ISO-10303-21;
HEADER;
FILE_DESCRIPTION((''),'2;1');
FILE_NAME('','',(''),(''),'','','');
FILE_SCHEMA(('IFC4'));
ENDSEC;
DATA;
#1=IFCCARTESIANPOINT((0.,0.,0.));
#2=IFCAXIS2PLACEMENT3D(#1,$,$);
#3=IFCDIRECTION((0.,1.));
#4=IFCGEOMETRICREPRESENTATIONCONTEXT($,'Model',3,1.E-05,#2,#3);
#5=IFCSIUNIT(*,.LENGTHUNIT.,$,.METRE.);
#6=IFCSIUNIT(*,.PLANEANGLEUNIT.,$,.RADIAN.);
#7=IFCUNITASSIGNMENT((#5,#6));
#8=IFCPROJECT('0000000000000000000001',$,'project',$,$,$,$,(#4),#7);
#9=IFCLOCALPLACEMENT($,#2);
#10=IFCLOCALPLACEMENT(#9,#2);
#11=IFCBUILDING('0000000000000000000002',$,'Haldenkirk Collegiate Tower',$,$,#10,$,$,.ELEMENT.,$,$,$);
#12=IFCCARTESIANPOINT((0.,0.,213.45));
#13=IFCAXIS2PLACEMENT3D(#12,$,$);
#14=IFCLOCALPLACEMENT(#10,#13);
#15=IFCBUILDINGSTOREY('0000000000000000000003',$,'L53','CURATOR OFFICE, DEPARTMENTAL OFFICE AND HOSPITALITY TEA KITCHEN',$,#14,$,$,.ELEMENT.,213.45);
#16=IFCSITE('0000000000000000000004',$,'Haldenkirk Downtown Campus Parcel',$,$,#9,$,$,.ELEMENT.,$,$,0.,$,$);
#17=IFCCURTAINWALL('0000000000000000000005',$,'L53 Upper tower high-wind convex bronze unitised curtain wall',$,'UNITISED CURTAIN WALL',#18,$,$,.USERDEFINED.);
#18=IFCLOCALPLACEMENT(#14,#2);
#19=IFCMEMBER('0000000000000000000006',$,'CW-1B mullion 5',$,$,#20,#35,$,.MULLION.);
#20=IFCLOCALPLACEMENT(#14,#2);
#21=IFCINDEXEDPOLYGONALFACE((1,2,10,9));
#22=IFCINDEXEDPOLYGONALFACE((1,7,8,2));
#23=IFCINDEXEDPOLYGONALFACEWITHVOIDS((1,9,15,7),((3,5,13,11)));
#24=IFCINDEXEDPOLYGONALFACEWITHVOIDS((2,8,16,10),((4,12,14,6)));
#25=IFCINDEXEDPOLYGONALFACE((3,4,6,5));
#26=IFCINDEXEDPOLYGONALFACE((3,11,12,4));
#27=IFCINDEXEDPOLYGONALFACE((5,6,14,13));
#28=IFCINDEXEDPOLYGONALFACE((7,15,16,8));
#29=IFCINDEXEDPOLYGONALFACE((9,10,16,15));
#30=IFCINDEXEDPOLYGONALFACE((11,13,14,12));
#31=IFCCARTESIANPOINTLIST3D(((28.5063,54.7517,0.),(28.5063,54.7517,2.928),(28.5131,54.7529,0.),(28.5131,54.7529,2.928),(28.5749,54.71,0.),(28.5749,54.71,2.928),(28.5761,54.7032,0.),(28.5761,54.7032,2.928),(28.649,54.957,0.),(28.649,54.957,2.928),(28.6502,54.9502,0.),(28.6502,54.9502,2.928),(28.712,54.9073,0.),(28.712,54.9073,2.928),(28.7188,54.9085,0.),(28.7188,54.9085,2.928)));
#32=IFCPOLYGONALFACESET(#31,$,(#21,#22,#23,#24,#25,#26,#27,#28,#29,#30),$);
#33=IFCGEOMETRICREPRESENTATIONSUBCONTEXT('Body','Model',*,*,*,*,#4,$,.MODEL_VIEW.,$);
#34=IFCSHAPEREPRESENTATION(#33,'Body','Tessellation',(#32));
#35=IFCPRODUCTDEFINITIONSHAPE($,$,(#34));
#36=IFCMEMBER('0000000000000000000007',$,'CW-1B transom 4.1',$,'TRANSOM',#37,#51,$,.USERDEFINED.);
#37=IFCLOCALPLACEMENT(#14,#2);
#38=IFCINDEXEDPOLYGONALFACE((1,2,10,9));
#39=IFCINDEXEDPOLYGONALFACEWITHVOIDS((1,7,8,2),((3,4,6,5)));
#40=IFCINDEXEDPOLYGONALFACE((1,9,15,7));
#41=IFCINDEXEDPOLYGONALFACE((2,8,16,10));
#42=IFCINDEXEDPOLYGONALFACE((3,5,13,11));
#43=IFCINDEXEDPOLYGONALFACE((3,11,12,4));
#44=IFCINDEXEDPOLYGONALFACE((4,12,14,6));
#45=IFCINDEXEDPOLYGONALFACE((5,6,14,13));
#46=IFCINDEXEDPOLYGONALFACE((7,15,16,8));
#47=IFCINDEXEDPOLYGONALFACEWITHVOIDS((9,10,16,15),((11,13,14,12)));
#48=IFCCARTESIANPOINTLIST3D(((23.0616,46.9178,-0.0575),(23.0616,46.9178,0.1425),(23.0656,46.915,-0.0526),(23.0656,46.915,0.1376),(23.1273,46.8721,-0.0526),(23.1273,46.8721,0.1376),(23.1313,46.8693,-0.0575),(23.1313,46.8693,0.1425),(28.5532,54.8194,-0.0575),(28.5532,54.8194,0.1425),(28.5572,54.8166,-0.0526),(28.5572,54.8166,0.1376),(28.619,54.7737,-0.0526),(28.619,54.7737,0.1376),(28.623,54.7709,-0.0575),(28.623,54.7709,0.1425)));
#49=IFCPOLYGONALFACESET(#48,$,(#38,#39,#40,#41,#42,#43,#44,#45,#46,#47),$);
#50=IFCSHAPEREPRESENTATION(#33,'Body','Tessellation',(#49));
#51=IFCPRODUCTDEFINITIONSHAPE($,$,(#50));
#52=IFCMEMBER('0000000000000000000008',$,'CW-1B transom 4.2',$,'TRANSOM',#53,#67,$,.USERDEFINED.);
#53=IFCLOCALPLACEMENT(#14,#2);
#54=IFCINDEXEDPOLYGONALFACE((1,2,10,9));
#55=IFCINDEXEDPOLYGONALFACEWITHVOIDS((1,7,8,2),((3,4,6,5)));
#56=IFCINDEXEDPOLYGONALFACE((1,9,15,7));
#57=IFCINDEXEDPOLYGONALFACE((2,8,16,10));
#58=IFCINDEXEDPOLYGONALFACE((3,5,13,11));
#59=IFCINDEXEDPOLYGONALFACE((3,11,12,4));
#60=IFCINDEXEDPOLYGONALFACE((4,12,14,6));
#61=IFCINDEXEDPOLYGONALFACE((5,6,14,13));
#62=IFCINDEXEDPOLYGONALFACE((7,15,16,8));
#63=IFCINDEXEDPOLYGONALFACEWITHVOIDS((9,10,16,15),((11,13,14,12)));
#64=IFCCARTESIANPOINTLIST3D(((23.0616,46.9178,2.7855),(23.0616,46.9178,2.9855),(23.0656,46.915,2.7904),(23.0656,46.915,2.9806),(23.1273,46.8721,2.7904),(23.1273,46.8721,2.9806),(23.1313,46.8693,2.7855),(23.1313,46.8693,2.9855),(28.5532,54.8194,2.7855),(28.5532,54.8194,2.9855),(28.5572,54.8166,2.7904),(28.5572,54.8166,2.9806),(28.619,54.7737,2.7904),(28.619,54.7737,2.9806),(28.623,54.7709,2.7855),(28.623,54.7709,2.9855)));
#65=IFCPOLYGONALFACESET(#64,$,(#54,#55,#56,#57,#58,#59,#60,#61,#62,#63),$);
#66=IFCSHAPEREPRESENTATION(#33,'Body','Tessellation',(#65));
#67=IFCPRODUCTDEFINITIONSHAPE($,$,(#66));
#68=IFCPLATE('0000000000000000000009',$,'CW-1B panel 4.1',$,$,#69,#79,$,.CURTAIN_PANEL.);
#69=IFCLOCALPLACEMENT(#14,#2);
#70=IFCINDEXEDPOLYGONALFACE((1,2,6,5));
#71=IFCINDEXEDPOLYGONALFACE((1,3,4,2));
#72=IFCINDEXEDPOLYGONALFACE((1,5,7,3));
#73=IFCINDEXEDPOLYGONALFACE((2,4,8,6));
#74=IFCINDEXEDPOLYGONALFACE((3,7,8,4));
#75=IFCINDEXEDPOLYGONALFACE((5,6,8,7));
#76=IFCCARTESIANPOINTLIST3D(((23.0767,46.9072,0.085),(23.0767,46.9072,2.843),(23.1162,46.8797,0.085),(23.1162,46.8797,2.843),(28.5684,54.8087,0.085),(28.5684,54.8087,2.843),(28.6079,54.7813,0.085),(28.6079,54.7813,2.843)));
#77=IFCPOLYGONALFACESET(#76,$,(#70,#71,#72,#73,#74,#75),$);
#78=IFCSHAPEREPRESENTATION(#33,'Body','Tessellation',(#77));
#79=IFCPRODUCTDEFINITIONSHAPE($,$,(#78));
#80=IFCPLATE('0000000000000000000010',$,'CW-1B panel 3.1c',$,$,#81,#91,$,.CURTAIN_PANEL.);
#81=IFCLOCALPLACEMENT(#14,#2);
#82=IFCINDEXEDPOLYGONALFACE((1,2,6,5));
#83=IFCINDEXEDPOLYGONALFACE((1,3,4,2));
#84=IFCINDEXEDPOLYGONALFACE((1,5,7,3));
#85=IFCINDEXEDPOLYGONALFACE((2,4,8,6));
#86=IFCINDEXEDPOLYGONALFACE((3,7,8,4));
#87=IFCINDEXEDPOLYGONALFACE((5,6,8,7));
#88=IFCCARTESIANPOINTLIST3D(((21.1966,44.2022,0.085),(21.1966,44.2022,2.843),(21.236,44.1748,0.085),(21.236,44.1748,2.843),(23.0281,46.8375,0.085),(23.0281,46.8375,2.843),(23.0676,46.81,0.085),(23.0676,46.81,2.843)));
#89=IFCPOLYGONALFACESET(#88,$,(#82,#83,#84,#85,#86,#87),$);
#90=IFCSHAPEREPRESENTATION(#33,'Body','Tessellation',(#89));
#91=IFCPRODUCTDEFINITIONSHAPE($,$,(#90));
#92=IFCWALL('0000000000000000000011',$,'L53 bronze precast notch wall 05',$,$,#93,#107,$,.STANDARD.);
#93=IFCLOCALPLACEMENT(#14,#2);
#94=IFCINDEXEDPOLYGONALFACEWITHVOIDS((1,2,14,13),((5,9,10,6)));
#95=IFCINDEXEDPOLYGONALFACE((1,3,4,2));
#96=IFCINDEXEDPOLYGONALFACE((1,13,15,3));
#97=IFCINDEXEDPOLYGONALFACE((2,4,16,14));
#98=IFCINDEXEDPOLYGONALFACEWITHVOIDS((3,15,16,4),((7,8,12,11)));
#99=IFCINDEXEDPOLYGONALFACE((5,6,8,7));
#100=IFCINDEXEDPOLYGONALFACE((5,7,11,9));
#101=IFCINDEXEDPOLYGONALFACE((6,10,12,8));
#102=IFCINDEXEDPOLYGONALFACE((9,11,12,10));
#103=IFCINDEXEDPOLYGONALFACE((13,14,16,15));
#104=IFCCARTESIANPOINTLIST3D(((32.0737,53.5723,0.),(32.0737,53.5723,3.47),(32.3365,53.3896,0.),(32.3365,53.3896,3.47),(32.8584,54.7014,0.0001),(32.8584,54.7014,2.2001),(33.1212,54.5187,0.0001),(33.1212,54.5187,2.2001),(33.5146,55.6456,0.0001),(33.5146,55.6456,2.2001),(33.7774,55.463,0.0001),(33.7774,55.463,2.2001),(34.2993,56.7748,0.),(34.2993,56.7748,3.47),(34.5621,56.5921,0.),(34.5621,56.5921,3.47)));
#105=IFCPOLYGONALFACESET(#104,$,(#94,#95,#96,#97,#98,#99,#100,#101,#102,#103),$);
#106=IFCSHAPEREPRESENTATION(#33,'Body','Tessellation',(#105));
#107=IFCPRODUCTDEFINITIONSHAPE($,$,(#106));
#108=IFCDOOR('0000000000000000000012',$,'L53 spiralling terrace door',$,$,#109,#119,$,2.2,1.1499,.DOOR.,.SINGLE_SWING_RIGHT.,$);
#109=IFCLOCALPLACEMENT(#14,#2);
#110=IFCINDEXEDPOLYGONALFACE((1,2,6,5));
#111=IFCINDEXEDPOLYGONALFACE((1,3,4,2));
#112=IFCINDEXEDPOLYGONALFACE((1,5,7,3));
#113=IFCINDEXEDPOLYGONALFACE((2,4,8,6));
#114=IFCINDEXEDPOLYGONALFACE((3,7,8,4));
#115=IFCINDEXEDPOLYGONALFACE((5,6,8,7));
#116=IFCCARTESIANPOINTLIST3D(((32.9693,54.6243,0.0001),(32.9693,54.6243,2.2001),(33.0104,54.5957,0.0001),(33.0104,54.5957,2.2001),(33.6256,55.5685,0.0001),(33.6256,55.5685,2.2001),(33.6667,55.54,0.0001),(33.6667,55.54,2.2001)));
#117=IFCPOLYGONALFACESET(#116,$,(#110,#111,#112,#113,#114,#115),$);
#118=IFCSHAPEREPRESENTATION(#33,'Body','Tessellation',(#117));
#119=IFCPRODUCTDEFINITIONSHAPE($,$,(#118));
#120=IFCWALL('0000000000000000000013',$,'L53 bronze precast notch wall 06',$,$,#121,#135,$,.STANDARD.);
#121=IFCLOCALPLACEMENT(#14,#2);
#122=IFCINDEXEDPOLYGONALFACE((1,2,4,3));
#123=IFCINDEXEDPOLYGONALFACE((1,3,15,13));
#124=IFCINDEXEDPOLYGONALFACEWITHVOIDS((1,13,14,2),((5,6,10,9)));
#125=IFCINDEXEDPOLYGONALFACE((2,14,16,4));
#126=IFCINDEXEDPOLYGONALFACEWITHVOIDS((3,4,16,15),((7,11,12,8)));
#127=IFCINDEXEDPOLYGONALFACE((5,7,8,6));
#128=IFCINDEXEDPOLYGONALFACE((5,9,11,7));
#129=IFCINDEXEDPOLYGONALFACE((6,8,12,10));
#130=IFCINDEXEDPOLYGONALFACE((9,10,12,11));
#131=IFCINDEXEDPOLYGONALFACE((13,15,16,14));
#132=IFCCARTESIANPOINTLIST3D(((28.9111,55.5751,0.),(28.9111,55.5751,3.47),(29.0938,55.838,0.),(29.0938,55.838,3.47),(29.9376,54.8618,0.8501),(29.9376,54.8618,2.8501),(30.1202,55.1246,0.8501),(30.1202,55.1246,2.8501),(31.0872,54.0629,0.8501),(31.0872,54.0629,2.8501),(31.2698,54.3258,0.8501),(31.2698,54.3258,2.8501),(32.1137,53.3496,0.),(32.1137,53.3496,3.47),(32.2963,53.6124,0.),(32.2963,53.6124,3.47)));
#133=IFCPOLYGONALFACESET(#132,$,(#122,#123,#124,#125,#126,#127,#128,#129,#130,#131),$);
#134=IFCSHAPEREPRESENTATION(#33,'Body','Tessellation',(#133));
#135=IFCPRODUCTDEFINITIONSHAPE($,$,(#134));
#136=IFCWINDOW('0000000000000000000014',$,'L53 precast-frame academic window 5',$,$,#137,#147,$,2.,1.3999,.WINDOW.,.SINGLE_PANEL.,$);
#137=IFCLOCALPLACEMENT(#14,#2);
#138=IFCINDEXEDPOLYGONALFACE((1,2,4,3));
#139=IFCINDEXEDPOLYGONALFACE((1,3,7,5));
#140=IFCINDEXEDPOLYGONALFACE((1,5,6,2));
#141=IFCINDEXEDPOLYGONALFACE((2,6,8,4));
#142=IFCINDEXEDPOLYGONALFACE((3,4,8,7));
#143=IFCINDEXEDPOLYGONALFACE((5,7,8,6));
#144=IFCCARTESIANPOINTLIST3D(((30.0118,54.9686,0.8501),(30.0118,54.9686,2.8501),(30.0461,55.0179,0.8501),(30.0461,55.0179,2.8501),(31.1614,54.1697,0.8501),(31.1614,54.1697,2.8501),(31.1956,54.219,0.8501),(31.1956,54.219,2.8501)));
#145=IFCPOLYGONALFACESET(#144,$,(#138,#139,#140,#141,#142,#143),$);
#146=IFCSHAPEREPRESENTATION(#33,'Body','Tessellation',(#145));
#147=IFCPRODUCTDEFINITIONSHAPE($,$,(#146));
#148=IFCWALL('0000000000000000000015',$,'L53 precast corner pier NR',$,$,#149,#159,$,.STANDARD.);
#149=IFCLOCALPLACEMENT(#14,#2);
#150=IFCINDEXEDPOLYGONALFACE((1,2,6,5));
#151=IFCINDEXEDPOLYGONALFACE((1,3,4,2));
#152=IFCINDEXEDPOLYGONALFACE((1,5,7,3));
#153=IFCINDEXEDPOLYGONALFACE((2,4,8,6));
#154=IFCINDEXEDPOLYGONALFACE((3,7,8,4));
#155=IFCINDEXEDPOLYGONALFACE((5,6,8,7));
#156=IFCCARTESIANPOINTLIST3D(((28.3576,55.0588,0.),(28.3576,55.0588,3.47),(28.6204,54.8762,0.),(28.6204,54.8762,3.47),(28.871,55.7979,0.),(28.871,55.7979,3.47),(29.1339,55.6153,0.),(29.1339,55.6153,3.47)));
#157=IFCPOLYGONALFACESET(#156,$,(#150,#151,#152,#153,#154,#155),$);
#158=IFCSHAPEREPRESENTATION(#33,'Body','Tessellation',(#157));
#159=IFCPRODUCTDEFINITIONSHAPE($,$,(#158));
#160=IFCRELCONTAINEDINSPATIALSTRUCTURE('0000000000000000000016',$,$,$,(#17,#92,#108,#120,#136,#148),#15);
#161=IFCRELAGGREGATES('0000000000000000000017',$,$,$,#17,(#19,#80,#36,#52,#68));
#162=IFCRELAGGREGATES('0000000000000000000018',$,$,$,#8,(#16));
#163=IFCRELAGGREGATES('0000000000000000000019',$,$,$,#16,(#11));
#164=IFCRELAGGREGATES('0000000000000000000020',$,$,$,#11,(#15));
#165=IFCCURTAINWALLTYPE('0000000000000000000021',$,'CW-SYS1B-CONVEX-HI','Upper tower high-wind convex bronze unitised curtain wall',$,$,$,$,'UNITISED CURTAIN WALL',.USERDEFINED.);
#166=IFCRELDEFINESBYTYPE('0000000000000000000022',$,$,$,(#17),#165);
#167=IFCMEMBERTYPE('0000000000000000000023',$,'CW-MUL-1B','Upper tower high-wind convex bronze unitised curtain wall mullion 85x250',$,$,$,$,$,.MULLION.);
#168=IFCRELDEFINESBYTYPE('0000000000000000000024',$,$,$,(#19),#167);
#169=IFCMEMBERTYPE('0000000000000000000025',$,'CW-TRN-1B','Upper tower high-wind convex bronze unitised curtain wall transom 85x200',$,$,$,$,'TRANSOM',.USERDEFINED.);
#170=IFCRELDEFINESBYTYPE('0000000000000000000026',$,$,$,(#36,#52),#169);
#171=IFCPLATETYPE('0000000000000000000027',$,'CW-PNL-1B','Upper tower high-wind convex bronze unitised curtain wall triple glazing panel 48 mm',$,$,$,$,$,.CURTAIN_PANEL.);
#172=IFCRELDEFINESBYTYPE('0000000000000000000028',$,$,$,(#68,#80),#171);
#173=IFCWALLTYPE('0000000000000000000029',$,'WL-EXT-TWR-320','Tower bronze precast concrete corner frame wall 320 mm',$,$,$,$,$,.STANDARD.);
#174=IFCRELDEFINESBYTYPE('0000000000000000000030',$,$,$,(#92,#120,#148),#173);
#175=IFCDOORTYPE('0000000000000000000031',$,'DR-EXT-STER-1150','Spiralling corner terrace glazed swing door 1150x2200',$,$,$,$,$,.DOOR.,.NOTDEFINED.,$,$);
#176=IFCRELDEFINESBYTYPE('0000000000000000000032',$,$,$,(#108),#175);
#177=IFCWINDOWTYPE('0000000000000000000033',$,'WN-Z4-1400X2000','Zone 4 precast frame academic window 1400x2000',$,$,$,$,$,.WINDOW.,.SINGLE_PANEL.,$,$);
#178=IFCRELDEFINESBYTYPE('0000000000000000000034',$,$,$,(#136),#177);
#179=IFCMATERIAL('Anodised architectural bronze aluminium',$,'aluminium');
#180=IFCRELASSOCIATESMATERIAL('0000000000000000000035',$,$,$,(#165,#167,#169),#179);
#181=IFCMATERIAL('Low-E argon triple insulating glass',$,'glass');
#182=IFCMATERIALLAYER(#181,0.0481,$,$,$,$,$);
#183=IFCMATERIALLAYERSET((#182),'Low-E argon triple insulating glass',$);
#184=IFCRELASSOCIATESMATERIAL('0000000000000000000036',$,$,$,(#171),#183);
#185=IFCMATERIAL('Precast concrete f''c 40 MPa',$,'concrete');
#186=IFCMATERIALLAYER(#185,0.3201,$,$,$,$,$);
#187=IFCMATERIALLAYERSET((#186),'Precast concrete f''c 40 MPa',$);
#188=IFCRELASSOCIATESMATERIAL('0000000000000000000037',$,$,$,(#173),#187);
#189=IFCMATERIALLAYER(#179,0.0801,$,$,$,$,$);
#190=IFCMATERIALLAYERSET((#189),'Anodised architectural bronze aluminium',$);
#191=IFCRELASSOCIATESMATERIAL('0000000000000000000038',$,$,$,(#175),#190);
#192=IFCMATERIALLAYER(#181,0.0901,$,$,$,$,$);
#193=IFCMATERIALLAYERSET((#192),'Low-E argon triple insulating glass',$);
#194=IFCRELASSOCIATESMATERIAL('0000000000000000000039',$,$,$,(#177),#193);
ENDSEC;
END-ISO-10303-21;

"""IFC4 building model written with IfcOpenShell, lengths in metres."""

from ifc_helpers import new_model, si_unit, direction, frame, frame_2d, origin, origin_2d, place, context, subcontext, project, spatial, rectangle, hollow_rectangle, extrude, source, transform, mapped, material, layer, layer_set, material_profile, profile_set, type_object, element, fill, aggregate, save


model = new_model("IFC4")

# Units and contexts
model_context = context("Model", 3, precision=1e-05, world=origin(), true_north=direction((0.0, 1.0)))
body_context = subcontext(model_context, "Body", "Model", "MODEL_VIEW")
ifc_project = project(units=[si_unit("LENGTHUNIT", "METRE"), si_unit("PLANEANGLEUNIT", "RADIAN")], contexts=[model_context])

# Site, building, storey
site_placement = place(None, origin())
site = spatial("IfcSite", under=ifc_project, at=site_placement, Name="Haldenkirk Downtown Campus Parcel", CompositionType="ELEMENT", RefElevation=0.0)
building_placement = place(site_placement, origin())
building = spatial("IfcBuilding", under=site, at=building_placement, Name="Haldenkirk Collegiate Tower", CompositionType="ELEMENT")
storey_placement = place(building_placement, frame((0.0, 0.0, 213.45)))
storey = spatial("IfcBuildingStorey", under=building, at=storey_placement, Name="L53", Description="CURATOR OFFICE, DEPARTMENTAL OFFICE AND HOSPITALITY TEA KITCHEN", CompositionType="ELEMENT", Elevation=213.45)

# Curtain wall, members, plates
ifc_material_1 = material(Name="Anodised architectural bronze aluminium", Category="aluminium")
curtain_wall_type = type_object("IfcCurtainWallType", Name="CW-SYS1B-CONVEX-HI", Description="Upper tower high-wind convex bronze unitised curtain wall", ElementType="UNITISED CURTAIN WALL", PredefinedType="USERDEFINED", material=ifc_material_1)
curtain_wall_placement = place(storey_placement, origin())
curtain_wall = element("IfcCurtainWall", 1, at=curtain_wall_placement, inside=storey, type_object=curtain_wall_type, Name="L53 Upper tower high-wind convex bronze unitised curtain wall", ObjectType="UNITISED CURTAIN WALL", PredefinedType="USERDEFINED")
ifc_material_profile_1 = material_profile(ifc_material_1, hollow_rectangle(XDim=0.085, YDim=0.25, WallThickness=0.0049, at=origin_2d()), Name="CW-MUL-1B")
ifc_profile_set_1 = profile_set([ifc_material_profile_1], Name="Anodised architectural bronze aluminium")
member_type_1 = type_object("IfcMemberType", Name="CW-MUL-1B", Description="Upper tower high-wind convex bronze unitised curtain wall mullion 85x250", PredefinedType="MULLION", material=ifc_profile_set_1)
member_1_placement = place(storey_placement, frame((28.6125, 54.8301, 0.0), z_axis=(0.0, 0.0, 1.0), x_axis=(-0.821148, 0.570715, 0.0)))
member_1 = element("IfcMember", 2, at=member_1_placement, type_object=member_type_1, Name="CW-1B mullion 5", PredefinedType="MULLION", context=body_context, shape_type="SweptSolid", body=[
    extrude(hollow_rectangle(XDim=0.085, YDim=0.25, WallThickness=0.0049, at=origin_2d()), origin(), (0.0, 0.0, 1.0), 2.928),
])
ifc_material_profile_2 = material_profile(ifc_material_1, hollow_rectangle(XDim=0.085, YDim=0.2, WallThickness=0.0049, at=origin_2d()), Name="CW-TRN-1B")
ifc_profile_set_2 = profile_set([ifc_material_profile_2], Name="Anodised architectural bronze aluminium")
member_type_2 = type_object("IfcMemberType", Name="CW-TRN-1B", Description="Upper tower high-wind convex bronze unitised curtain wall transom 85x200", ElementType="TRANSOM", PredefinedType="USERDEFINED", material=ifc_profile_set_2)
member_2_placement = place(storey_placement, frame((23.0964, 46.8936, 0.0425), z_axis=(0.570709, 0.821152, 0.0), x_axis=(-0.821152, 0.570709, 0.0)))
member_2 = element("IfcMember", 3, at=member_2_placement, type_object=member_type_2, Name="CW-1B transom 4.1", ObjectType="TRANSOM", PredefinedType="USERDEFINED", context=body_context, shape_type="SweptSolid", body=[
    extrude(hollow_rectangle(XDim=0.085, YDim=0.2, WallThickness=0.0049, at=origin_2d()), origin(), (0.0, 0.0, 1.0), 9.6226),
])
member_3_placement = place(storey_placement, frame((23.0964, 46.8936, 2.8855), z_axis=(0.570709, 0.821152, 0.0), x_axis=(-0.821152, 0.570709, 0.0)))
member_3 = element("IfcMember", 4, at=member_3_placement, type_object=member_type_2, Name="CW-1B transom 4.2", ObjectType="TRANSOM", PredefinedType="USERDEFINED", context=body_context, shape_type="SweptSolid", body=[
    extrude(hollow_rectangle(XDim=0.085, YDim=0.2, WallThickness=0.0049, at=origin_2d()), origin(), (0.0, 0.0, 1.0), 9.6226),
])
ifc_material_2 = material(Name="Low-E argon triple insulating glass", Category="glass")
ifc_layer_1 = layer(ifc_material_2, 0.0481)
ifc_layer_set_1 = layer_set([ifc_layer_1], Name="Low-E argon triple insulating glass")
plate_type = type_object("IfcPlateType", Name="CW-PNL-1B", Description="Upper tower high-wind convex bronze unitised curtain wall triple glazing panel 48 mm", PredefinedType="CURTAIN_PANEL", material=ifc_layer_set_1)
shared_shape_1 = source(origin(), body_context, "Body", "SweptSolid", [
    extrude(rectangle(XDim=9.6226, YDim=0.0481, at=origin_2d()), origin(), (0.0, 0.0, 1.0), 2.7581),
])
plate_1_placement = place(storey_placement, frame((25.8423, 50.8442, 0.085), z_axis=(0.0, 0.0, 1.0), x_axis=(0.570715, 0.821148, 0.0)))
plate_1 = element("IfcPlate", 5, at=plate_1_placement, type_object=plate_type, Name="CW-1B panel 4.1", PredefinedType="CURTAIN_PANEL", context=body_context, shape_type="MappedRepresentation", body=[
    mapped(shared_shape_1, transform((0.0, 0.0, 0.0), x_axis=(1.0, 0.0, 0.0), y_axis=(0.0, 1.0, 0.0), z_axis=(0.0, 0.0, 1.0), scale=1.0)),
])
shared_shape_2 = source(origin(), body_context, "Body", "SweptSolid", [
    extrude(rectangle(XDim=3.2092, YDim=0.0481, at=origin_2d()), origin(), (0.0, 0.0, 1.0), 2.7581),
])
plate_2_placement = place(storey_placement, frame((22.1321, 45.5061, 0.085), z_axis=(0.0, 0.0, 1.0), x_axis=(0.570715, 0.821148, 0.0)))
plate_2 = element("IfcPlate", 6, at=plate_2_placement, type_object=plate_type, Name="CW-1B panel 3.1c", PredefinedType="CURTAIN_PANEL", context=body_context, shape_type="MappedRepresentation", body=[
    mapped(shared_shape_2, transform((0.0, 0.0, 0.0), x_axis=(1.0, 0.0, 0.0), y_axis=(0.0, 1.0, 0.0), z_axis=(0.0, 0.0, 1.0), scale=1.0)),
])
aggregate(curtain_wall, [member_1, plate_2, member_2, member_3, plate_1])

# Wall, opening, door
ifc_material_3 = material(Name="Precast concrete f'c 40 MPa", Category="concrete")
ifc_layer_2 = layer(ifc_material_3, 0.3201)
ifc_layer_set_2 = layer_set([ifc_layer_2], Name="Precast concrete f'c 40 MPa")
wall_type = type_object("IfcWallType", Name="WL-EXT-TWR-320", Description="Tower bronze precast concrete corner frame wall 320 mm", PredefinedType="STANDARD", material=ifc_layer_set_2)
wall_1_placement = place(storey_placement, frame((32.2051, 53.481, 0.0), z_axis=(0.0, 0.0, 1.0), x_axis=(0.57069, 0.821165, 0.0)))
wall_1 = element("IfcWall", 7, at=wall_1_placement, inside=storey, type_object=wall_type, Name="L53 bronze precast notch wall 05", PredefinedType="STANDARD", context=body_context, shape_type="SweptSolid", body=[
    extrude(rectangle(XDim=3.8999, YDim=0.3201, at=frame_2d((1.95, 0.0))), origin(), (0.0, 0.0, 1.0), 3.47),
])
opening_1_placement = place(wall_1_placement, frame((1.375, 0.0, 0.0)))
opening_1 = element("IfcOpeningElement", 8, at=opening_1_placement, cuts=wall_1, PredefinedType="OPENING", context=body_context, shape_type="SweptSolid", body=[
    extrude(rectangle(XDim=1.1499, YDim=2.2, at=frame_2d((0.575, 1.1001))), frame((0.0, 0.1699, 0.0), z_axis=(0.0, -1.0, 0.0), x_axis=(1.0, 0.0, 0.0)), (0.0, 0.0, 1.0), 0.3401),
])
ifc_layer_3 = layer(ifc_material_1, 0.0801)
ifc_layer_set_3 = layer_set([ifc_layer_3], Name="Anodised architectural bronze aluminium")
door_type = type_object("IfcDoorType", Name="DR-EXT-STER-1150", Description="Spiralling corner terrace glazed swing door 1150x2200", OperationType="NOTDEFINED", PredefinedType="DOOR", material=ifc_layer_set_3)
door_placement = place(opening_1_placement, origin())
door = element("IfcDoor", 9, at=door_placement, inside=storey, type_object=door_type, Name="L53 spiralling terrace door", OperationType="SINGLE_SWING_RIGHT", OverallHeight=2.2, OverallWidth=1.1499, PredefinedType="DOOR", context=body_context, shape_type="SweptSolid", body=[
    extrude(rectangle(XDim=1.1499, YDim=2.2, at=frame_2d((0.575, 1.1001))), frame((0.0, 0.0249, 0.0), z_axis=(0.0, -1.0, 0.0), x_axis=(1.0, 0.0, 0.0)), (0.0, 0.0, 1.0), 0.05),
])
fill(opening_1, door)

# Wall, opening, window
wall_2_placement = place(storey_placement, frame((29.0024, 55.7065, 0.0), z_axis=(0.0, 0.0, 1.0), x_axis=(0.821186, -0.570661, 0.0)))
wall_2 = element("IfcWall", 10, at=wall_2_placement, inside=storey, type_object=wall_type, Name="L53 bronze precast notch wall 06", PredefinedType="STANDARD", context=body_context, shape_type="SweptSolid", body=[
    extrude(rectangle(XDim=3.8999, YDim=0.3201, at=frame_2d((1.95, 0.0))), origin(), (0.0, 0.0, 1.0), 3.47),
])
opening_2_placement = place(wall_2_placement, frame((1.25, 0.0, 0.8501)))
opening_2 = element("IfcOpeningElement", 11, at=opening_2_placement, cuts=wall_2, PredefinedType="OPENING", context=body_context, shape_type="SweptSolid", body=[
    extrude(rectangle(XDim=1.3999, YDim=2.0, at=frame_2d((0.7, 1.0))), frame((0.0, 0.1699, 0.0), z_axis=(0.0, -1.0, 0.0), x_axis=(1.0, 0.0, 0.0)), (0.0, 0.0, 1.0), 0.3401),
])
ifc_layer_4 = layer(ifc_material_2, 0.0901)
ifc_layer_set_4 = layer_set([ifc_layer_4], Name="Low-E argon triple insulating glass")
window_type = type_object("IfcWindowType", Name="WN-Z4-1400X2000", Description="Zone 4 precast frame academic window 1400x2000", PartitioningType="SINGLE_PANEL", PredefinedType="WINDOW", material=ifc_layer_set_4)
window_placement = place(opening_2_placement, origin())
window = element("IfcWindow", 12, at=window_placement, inside=storey, type_object=window_type, Name="L53 precast-frame academic window 5", OverallHeight=2.0, OverallWidth=1.3999, PartitioningType="SINGLE_PANEL", PredefinedType="WINDOW", context=body_context, shape_type="SweptSolid", body=[
    extrude(rectangle(XDim=1.3999, YDim=2.0, at=frame_2d((0.7, 1.0))), frame((0.0, 0.03, 0.0), z_axis=(0.0, -1.0, 0.0), x_axis=(1.0, 0.0, 0.0)), (0.0, 0.0, 1.0), 0.0601),
])
fill(opening_2, window)

# Wall
wall_3_placement = place(storey_placement, frame((28.489, 54.9675, 0.0), z_axis=(0.0, 0.0, 1.0), x_axis=(0.570564, 0.821253, 0.0)))
element("IfcWall", 13, at=wall_3_placement, inside=storey, type_object=wall_type, Name="L53 precast corner pier NR", PredefinedType="STANDARD", context=body_context, shape_type="SweptSolid", body=[
    extrude(rectangle(XDim=0.8999, YDim=0.3201, at=frame_2d((0.45, 0.0))), origin(), (0.0, 0.0, 1.0), 3.47),
])

save(model, "model.ifc")
